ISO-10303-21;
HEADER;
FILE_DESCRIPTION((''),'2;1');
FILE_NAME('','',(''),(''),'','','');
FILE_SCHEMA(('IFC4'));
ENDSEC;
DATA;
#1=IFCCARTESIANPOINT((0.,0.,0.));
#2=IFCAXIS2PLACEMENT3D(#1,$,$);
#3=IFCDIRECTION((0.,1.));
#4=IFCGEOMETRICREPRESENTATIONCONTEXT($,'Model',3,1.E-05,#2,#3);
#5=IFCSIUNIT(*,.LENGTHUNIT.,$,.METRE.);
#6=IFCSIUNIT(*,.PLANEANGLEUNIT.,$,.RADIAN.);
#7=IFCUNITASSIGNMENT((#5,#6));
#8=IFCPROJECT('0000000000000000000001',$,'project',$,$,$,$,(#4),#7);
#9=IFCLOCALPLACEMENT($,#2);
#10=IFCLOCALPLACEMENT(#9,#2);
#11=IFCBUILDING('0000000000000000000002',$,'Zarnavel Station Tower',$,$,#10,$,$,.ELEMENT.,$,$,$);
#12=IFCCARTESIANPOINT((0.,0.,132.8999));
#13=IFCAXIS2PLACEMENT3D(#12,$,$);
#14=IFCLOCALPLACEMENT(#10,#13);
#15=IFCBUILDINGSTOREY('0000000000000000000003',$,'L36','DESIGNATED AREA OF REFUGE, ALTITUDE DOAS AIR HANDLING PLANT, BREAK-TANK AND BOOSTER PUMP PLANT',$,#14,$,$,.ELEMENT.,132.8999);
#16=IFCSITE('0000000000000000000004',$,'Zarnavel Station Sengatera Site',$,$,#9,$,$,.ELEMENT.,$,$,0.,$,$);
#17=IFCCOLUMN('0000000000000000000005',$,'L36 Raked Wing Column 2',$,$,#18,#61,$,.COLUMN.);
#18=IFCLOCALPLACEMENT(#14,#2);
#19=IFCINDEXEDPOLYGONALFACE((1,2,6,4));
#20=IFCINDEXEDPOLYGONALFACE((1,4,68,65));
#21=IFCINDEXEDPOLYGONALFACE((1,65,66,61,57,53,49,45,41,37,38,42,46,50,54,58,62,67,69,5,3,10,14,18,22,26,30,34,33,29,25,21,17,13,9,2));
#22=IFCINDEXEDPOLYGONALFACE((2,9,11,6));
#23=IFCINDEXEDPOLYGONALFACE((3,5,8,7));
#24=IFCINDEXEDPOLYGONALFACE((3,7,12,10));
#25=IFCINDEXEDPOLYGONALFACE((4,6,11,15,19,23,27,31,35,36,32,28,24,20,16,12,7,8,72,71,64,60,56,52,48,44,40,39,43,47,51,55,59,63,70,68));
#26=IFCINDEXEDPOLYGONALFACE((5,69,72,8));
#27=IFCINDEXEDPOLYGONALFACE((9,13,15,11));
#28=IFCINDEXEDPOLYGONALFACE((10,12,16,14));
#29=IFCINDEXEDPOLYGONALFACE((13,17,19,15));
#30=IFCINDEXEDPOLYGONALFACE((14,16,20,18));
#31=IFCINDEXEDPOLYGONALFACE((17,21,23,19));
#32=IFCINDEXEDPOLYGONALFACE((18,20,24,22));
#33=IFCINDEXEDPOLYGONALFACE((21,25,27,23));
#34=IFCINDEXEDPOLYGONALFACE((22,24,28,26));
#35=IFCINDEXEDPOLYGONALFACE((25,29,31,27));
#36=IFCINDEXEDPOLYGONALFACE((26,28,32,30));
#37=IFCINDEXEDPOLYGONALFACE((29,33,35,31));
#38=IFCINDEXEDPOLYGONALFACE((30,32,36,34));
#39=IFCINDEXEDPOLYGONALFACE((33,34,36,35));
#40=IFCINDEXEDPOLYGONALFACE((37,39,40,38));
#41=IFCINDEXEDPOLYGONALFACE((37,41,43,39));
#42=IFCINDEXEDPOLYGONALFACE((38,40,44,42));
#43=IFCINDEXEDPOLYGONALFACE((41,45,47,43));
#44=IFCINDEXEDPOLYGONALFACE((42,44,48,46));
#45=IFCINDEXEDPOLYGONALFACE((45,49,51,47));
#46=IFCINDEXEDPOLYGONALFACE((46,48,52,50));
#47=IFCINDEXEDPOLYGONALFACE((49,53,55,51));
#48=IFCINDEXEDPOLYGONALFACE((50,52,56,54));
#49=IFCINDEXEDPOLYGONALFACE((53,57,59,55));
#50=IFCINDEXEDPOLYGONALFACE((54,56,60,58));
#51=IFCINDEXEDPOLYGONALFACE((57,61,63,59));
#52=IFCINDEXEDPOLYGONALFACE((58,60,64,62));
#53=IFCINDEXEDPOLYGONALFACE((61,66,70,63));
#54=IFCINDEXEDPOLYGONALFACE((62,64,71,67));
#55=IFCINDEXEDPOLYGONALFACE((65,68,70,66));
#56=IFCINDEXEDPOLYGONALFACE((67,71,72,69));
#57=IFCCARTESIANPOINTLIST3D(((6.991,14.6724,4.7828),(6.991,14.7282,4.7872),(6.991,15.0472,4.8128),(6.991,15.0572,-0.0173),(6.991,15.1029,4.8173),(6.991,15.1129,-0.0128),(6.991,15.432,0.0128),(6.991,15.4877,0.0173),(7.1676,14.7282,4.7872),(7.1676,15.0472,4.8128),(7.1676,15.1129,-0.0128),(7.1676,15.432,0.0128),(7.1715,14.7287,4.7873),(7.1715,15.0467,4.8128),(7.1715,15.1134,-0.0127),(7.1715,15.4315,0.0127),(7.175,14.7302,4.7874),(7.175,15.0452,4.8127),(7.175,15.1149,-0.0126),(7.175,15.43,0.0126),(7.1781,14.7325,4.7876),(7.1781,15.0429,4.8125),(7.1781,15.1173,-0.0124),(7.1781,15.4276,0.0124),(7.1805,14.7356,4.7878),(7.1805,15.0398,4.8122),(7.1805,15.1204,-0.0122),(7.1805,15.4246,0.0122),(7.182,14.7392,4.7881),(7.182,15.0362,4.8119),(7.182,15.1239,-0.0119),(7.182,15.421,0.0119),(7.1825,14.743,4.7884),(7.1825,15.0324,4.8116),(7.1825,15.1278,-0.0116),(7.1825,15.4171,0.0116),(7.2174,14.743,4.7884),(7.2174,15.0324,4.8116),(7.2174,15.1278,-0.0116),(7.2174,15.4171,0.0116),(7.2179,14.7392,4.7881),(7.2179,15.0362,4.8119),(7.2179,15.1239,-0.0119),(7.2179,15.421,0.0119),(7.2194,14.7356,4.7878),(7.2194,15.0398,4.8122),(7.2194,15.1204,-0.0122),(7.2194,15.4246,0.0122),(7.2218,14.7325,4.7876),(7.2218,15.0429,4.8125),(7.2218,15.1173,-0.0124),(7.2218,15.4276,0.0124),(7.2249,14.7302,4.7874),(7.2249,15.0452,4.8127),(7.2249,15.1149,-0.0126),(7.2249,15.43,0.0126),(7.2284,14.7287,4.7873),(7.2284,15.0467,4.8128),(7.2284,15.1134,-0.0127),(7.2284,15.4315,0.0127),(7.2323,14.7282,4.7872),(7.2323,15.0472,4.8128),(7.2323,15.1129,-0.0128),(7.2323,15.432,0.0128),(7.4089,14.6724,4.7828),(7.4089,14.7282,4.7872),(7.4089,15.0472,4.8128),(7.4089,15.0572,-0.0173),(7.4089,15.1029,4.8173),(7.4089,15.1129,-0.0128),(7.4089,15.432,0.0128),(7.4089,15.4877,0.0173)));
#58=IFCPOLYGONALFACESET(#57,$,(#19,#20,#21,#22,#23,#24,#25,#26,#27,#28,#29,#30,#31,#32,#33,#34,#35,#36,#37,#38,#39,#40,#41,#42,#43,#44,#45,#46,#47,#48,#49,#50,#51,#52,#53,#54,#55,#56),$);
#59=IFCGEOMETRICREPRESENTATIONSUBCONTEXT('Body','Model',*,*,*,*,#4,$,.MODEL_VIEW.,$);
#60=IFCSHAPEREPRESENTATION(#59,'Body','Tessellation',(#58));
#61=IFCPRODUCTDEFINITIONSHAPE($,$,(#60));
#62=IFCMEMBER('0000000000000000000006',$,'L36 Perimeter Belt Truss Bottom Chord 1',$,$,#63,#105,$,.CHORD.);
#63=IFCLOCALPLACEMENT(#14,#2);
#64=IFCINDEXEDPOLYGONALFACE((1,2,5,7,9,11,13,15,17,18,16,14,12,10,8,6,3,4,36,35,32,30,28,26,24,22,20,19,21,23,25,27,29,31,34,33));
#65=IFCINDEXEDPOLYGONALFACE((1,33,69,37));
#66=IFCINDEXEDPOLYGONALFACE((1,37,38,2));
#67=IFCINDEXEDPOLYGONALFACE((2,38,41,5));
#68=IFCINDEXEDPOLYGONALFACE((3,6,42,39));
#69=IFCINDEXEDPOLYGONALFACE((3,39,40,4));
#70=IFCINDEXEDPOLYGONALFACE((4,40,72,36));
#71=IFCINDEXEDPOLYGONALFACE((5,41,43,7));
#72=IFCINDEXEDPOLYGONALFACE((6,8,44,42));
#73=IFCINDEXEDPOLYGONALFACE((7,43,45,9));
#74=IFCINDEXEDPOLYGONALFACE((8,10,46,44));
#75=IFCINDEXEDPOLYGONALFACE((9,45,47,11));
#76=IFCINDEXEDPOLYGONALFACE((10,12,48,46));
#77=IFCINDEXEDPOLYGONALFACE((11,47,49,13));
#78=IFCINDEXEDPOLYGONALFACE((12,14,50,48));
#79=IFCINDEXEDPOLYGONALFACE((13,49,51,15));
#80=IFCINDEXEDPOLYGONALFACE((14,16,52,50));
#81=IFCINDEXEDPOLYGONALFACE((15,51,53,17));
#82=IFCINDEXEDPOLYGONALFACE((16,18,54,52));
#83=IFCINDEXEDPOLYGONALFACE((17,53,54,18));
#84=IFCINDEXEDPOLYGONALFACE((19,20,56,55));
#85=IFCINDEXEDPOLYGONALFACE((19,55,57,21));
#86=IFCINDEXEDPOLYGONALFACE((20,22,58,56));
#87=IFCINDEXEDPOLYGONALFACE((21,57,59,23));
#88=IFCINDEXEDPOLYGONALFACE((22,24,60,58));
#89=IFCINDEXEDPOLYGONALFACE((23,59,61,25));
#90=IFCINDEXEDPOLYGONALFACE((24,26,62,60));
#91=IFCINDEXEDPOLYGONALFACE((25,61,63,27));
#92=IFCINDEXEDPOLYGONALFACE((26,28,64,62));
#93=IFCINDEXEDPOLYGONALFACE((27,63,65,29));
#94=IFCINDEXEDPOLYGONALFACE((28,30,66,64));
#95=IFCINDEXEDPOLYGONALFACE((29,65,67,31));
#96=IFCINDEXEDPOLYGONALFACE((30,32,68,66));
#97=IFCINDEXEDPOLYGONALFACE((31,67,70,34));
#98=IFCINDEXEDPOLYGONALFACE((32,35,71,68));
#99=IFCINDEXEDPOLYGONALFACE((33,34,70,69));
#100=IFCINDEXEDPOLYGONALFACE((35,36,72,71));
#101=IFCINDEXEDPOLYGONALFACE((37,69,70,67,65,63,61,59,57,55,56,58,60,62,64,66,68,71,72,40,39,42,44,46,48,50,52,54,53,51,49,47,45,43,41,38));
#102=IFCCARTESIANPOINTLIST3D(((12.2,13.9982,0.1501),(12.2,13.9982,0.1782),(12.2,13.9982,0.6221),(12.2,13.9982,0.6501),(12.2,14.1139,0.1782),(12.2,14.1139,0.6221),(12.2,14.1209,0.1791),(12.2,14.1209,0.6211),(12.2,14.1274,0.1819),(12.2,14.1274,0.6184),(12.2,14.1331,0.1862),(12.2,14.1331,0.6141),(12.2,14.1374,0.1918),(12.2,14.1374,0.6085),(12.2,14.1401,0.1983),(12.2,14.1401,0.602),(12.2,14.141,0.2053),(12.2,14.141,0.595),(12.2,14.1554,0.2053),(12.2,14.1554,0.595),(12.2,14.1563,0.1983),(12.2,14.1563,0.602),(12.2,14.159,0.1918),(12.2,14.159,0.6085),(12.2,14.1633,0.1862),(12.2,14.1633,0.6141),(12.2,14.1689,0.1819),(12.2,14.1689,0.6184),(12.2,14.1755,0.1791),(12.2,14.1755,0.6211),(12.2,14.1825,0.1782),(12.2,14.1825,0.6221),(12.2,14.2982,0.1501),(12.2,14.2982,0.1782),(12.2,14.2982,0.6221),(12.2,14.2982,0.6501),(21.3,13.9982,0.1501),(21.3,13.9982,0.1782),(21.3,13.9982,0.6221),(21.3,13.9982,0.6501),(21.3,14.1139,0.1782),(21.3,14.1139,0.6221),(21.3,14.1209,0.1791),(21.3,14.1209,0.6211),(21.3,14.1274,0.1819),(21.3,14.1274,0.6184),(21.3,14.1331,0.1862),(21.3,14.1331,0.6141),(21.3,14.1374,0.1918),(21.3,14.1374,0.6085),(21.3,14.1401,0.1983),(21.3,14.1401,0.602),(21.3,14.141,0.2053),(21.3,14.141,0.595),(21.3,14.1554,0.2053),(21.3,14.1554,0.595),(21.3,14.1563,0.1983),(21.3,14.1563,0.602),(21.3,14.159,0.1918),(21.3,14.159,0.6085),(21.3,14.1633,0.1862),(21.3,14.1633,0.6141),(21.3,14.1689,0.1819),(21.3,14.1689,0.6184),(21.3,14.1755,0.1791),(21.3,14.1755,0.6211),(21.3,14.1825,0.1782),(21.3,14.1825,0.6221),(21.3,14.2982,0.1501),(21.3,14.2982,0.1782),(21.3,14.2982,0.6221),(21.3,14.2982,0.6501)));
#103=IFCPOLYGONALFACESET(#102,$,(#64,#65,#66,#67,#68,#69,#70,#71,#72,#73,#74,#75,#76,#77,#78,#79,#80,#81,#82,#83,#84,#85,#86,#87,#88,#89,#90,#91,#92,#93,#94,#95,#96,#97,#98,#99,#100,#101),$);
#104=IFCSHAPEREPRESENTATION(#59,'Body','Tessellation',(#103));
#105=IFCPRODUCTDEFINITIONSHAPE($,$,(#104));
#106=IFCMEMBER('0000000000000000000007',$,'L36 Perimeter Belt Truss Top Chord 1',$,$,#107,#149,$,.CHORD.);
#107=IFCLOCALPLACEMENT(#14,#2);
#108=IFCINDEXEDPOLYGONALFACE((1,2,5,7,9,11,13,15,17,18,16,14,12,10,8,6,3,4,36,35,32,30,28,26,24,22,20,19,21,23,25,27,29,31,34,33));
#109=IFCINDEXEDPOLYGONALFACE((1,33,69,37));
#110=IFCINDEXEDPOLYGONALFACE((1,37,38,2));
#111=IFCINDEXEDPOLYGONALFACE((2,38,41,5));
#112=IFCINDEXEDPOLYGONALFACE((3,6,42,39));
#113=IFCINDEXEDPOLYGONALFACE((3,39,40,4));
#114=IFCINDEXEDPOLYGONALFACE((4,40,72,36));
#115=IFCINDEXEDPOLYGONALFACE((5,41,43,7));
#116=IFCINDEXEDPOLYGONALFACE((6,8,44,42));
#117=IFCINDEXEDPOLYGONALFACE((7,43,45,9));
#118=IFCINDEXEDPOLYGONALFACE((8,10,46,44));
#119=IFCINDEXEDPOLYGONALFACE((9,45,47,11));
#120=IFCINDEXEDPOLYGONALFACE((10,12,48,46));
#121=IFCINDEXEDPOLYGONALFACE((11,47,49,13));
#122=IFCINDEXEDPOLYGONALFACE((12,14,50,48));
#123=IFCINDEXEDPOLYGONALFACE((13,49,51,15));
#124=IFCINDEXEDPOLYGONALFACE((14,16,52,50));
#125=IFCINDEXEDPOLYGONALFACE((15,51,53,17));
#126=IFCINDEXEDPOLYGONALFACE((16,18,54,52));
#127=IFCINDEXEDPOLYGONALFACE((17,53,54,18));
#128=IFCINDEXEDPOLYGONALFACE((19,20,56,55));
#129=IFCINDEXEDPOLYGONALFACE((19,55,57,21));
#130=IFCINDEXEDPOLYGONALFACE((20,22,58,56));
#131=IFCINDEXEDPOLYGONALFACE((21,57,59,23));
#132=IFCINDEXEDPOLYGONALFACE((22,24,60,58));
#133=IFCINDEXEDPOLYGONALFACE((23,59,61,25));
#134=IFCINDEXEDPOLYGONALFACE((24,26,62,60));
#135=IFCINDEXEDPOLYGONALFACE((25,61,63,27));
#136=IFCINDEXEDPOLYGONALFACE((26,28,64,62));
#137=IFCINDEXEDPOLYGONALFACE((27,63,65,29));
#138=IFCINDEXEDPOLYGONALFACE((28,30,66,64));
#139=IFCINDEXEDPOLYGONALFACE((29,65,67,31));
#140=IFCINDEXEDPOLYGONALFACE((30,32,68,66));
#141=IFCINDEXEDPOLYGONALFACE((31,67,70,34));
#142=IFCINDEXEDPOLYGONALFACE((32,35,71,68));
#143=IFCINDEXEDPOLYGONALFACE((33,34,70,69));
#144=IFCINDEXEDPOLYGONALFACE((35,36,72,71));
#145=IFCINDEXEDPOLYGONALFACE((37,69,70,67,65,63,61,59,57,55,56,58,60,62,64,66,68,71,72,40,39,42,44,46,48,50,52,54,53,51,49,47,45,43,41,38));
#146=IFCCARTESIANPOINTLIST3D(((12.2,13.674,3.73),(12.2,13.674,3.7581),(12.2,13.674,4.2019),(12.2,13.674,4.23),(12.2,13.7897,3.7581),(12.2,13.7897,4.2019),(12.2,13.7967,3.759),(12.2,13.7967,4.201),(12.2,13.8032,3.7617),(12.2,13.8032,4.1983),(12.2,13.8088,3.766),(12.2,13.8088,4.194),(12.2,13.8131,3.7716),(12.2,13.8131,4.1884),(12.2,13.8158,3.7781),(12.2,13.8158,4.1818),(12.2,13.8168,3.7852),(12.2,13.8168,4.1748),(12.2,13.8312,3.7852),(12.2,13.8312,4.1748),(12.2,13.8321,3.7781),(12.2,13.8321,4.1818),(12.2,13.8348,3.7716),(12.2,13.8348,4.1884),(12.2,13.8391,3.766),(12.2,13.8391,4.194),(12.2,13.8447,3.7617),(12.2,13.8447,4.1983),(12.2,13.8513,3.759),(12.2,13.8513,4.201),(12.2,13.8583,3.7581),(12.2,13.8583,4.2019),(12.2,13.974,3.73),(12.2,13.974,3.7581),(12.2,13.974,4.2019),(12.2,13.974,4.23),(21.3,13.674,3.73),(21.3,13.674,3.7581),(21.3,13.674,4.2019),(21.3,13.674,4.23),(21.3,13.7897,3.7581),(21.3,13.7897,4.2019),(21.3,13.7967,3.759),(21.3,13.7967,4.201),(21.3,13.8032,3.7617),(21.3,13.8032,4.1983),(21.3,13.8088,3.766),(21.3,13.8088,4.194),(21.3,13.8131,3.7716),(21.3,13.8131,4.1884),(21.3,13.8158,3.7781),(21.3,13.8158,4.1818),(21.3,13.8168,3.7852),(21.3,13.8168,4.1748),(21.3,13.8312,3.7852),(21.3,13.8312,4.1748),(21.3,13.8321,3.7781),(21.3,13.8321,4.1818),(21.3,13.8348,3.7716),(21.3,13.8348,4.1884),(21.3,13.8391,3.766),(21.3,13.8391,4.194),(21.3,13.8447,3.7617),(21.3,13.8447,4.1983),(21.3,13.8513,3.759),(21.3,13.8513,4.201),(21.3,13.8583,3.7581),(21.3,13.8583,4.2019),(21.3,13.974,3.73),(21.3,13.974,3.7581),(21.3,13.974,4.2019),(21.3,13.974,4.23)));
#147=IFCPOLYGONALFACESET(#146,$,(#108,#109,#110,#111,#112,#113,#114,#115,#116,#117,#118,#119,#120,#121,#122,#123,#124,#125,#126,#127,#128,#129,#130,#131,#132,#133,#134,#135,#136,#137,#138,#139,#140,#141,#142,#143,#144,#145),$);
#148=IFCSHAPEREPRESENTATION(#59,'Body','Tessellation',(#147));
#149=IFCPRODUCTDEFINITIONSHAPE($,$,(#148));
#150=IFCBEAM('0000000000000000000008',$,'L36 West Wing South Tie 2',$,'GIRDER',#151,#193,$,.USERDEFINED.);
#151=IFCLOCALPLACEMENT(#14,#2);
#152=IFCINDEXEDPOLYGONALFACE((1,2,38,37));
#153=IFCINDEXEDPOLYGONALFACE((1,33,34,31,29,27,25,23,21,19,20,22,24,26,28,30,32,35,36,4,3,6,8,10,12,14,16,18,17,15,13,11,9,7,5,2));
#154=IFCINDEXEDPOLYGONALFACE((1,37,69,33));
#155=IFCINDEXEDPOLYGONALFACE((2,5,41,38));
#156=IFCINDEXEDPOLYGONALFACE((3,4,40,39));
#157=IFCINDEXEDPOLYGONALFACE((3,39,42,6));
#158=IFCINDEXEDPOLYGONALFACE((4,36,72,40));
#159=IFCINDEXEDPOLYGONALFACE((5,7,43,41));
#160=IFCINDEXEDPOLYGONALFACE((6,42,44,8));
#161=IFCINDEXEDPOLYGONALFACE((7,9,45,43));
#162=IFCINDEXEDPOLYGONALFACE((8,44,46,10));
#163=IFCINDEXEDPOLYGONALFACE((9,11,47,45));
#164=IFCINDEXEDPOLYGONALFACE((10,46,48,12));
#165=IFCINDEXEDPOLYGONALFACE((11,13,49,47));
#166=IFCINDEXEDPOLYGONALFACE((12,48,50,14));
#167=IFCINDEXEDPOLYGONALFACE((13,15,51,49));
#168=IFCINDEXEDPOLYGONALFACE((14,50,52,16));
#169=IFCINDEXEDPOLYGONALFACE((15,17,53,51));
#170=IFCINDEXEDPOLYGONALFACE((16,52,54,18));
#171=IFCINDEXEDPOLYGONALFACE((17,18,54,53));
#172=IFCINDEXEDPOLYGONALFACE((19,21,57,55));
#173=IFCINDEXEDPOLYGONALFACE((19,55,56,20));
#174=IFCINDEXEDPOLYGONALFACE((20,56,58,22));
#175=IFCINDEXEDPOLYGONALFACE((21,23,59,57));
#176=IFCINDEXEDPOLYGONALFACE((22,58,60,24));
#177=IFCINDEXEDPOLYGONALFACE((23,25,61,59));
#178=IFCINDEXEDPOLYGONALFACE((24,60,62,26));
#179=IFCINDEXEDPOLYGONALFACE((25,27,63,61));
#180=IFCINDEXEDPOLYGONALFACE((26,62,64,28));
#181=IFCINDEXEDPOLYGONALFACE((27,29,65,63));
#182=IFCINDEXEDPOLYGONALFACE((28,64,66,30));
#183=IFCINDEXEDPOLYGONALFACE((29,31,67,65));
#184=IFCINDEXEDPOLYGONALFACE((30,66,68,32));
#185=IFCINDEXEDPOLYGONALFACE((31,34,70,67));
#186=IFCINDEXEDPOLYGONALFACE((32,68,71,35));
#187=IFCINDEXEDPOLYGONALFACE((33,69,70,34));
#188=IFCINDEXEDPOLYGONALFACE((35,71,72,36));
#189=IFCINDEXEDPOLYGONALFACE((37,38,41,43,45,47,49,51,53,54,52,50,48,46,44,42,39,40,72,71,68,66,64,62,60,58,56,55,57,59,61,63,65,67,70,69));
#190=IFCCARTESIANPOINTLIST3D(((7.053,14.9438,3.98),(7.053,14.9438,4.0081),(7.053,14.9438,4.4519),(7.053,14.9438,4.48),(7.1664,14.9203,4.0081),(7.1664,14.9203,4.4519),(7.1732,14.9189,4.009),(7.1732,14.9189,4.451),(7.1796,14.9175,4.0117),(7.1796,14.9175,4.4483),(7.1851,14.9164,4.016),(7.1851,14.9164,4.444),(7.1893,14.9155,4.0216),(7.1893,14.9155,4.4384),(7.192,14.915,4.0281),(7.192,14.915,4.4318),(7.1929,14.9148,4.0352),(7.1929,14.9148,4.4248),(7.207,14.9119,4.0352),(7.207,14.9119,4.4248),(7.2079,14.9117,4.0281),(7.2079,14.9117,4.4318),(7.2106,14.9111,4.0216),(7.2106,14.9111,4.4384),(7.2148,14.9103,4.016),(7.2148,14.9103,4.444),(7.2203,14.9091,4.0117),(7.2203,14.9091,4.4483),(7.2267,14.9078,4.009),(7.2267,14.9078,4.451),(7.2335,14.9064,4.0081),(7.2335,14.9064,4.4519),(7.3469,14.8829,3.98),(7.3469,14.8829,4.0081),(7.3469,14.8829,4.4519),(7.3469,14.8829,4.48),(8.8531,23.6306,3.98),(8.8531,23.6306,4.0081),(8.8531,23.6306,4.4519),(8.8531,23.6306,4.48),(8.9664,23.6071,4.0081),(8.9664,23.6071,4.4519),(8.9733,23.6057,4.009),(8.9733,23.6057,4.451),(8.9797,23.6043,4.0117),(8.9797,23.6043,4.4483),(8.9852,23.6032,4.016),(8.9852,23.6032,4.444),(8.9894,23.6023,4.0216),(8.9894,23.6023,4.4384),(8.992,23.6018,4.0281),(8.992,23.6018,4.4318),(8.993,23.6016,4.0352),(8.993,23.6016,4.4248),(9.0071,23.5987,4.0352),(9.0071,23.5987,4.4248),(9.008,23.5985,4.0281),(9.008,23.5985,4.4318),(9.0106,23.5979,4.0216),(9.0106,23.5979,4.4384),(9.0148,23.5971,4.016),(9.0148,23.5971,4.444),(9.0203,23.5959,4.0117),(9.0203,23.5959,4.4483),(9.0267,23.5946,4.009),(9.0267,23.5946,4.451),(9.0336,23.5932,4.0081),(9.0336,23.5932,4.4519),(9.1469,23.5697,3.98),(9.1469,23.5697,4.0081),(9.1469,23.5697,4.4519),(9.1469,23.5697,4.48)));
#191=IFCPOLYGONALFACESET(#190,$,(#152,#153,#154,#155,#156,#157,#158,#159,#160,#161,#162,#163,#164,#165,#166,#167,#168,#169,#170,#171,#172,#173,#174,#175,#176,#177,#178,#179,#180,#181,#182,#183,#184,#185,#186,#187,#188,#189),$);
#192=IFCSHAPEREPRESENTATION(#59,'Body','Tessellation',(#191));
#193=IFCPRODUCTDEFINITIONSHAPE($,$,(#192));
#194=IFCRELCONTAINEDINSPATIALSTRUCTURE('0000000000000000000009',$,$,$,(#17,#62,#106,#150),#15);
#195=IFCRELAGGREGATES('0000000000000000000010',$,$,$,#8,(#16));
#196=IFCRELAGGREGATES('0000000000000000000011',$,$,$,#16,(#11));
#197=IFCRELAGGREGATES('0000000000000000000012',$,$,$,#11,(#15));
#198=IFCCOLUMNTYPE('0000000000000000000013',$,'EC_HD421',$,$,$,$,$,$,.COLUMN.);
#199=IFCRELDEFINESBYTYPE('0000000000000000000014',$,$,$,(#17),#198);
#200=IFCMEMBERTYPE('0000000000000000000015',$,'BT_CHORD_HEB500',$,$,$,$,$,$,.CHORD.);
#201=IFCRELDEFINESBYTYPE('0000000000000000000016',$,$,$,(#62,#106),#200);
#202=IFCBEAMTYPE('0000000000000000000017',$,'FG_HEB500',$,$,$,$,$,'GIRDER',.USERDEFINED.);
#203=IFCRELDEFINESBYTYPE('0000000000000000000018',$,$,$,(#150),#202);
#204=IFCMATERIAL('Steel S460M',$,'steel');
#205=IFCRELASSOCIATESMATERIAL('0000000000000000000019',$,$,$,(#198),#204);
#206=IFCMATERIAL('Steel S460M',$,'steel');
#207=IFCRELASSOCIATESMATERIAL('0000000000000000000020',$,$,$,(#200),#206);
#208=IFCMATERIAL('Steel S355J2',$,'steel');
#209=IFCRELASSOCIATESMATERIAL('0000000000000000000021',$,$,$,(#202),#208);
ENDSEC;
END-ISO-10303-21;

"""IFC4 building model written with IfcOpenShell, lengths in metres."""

from ifc_helpers import new_model, si_unit, direction, frame, origin, origin_2d, place, context, subcontext, project, spatial, i_section, extrude, material, material_profile, profile_set, type_object, element, save


model = new_model("IFC4")

# Units and contexts
model_context = context("Model", 3, precision=1e-05, world=origin(), true_north=direction((0.0, 1.0)))
body_context = subcontext(model_context, "Body", "Model", "MODEL_VIEW")
ifc_project = project(units=[si_unit("LENGTHUNIT", "METRE"), si_unit("PLANEANGLEUNIT", "RADIAN")], contexts=[model_context])

# Site, building, storey
site_placement = place(None, origin())
site = spatial("IfcSite", under=ifc_project, at=site_placement, Name="Zarnavel Station Sengatera Site", CompositionType="ELEMENT", RefElevation=0.0)
building_placement = place(site_placement, origin())
building = spatial("IfcBuilding", under=site, at=building_placement, Name="Zarnavel Station Tower", CompositionType="ELEMENT")
storey_placement = place(building_placement, frame((0.0, 0.0, 132.8999)))
storey = spatial("IfcBuildingStorey", under=building, at=storey_placement, Name="L36", Description="DESIGNATED AREA OF REFUGE, ALTITUDE DOAS AIR HANDLING PLANT, BREAK-TANK AND BOOSTER PUMP PLANT", CompositionType="ELEMENT", Elevation=132.8999)

# Column
ifc_material_1 = material(Name="Steel S460M", Category="steel")
ifc_material_profile_1 = material_profile(ifc_material_1, i_section(OverallWidth=0.418, OverallDepth=0.4319, WebThickness=0.0349, FlangeThickness=0.0559, FilletRadius=0.0149, at=origin_2d()), Name="HD400x421")
ifc_profile_set_1 = profile_set([ifc_material_profile_1], Name="Steel S460M")
column_type = type_object("IfcColumnType", Name="EC_HD421", PredefinedType="COLUMN", material=ifc_profile_set_1)
column_placement = place(storey_placement, frame((7.2, 15.2725, 0.0), z_axis=(0.0, -0.079902, 0.996803), x_axis=(1.0, 0.0, 0.0)))
element("IfcColumn", 1, at=column_placement, inside=storey, type_object=column_type, Name="L36 Raked Wing Column 2", PredefinedType="COLUMN", context=body_context, shape_type="SweptSolid", body=[
    extrude(i_section(OverallWidth=0.418, OverallDepth=0.4319, WebThickness=0.0349, FlangeThickness=0.0559, FilletRadius=0.0149, at=origin_2d()), origin(), (0.0, 0.0, 1.0), 4.8154),
])

# Members
ifc_material_2 = material(Name="Steel S460M", Category="steel")
ifc_material_profile_2 = material_profile(ifc_material_2, i_section(OverallWidth=0.3, OverallDepth=0.5, WebThickness=0.0144, FlangeThickness=0.0281, FilletRadius=0.0271, at=origin_2d()), Name="HEB500")
ifc_profile_set_2 = profile_set([ifc_material_profile_2], Name="Steel S460M")
member_type_1 = type_object("IfcMemberType", Name="BT_CHORD_HEB500", PredefinedType="CHORD", material=ifc_profile_set_2)
for number, where, z_axis, x_axis, name in (
    (2, (12.2, 14.1482, 0.4001), (1.0, 0.0, 0.0), (0.0, 1.0, 0.0), "L36 Perimeter Belt Truss Bottom Chord 1"),
    (3, (12.2, 13.824, 3.98), (1.0, 0.0, 0.0), (0.0, 1.0, 0.0), "L36 Perimeter Belt Truss Top Chord 1"),
):
    element("IfcMember", number, at=place(storey_placement, frame(where, z_axis=z_axis, x_axis=x_axis)), inside=storey, type_object=member_type_1, Name=name, PredefinedType="CHORD", context=body_context, shape_type="SweptSolid", body=[
        extrude(i_section(OverallWidth=0.3, OverallDepth=0.5, WebThickness=0.0144, FlangeThickness=0.0281, FilletRadius=0.0271, at=origin_2d()), origin(), (0.0, 0.0, 1.0), 9.1001),
    ])

# Beam
ifc_material_3 = material(Name="Steel S355J2", Category="steel")
ifc_material_profile_3 = material_profile(ifc_material_3, i_section(OverallWidth=0.3, OverallDepth=0.5, WebThickness=0.0144, FlangeThickness=0.0281, FilletRadius=0.0271, at=origin_2d()), Name="HEB500")
ifc_profile_set_3 = profile_set([ifc_material_profile_3], Name="Steel S355J2")
beam_type_1 = type_object("IfcBeamType", Name="FG_HEB500", ElementType="GIRDER", PredefinedType="USERDEFINED", material=ifc_profile_set_3)
beam_1_placement = place(storey_placement, frame((7.2, 14.9133, 4.23), z_axis=(0.202907, 0.979198, 0.0), x_axis=(-0.979198, 0.202907, 0.0)))
element("IfcBeam", 4, at=beam_1_placement, inside=storey, type_object=beam_type_1, Name="L36 West Wing South Tie 2", ObjectType="GIRDER", PredefinedType="USERDEFINED", context=body_context, shape_type="SweptSolid", body=[
    extrude(i_section(OverallWidth=0.3, OverallDepth=0.5, WebThickness=0.0144, FlangeThickness=0.0281, FilletRadius=0.0271, at=origin_2d()), origin(), (0.0, 0.0, 1.0), 8.8713),
])

save(model, "model.ifc")
